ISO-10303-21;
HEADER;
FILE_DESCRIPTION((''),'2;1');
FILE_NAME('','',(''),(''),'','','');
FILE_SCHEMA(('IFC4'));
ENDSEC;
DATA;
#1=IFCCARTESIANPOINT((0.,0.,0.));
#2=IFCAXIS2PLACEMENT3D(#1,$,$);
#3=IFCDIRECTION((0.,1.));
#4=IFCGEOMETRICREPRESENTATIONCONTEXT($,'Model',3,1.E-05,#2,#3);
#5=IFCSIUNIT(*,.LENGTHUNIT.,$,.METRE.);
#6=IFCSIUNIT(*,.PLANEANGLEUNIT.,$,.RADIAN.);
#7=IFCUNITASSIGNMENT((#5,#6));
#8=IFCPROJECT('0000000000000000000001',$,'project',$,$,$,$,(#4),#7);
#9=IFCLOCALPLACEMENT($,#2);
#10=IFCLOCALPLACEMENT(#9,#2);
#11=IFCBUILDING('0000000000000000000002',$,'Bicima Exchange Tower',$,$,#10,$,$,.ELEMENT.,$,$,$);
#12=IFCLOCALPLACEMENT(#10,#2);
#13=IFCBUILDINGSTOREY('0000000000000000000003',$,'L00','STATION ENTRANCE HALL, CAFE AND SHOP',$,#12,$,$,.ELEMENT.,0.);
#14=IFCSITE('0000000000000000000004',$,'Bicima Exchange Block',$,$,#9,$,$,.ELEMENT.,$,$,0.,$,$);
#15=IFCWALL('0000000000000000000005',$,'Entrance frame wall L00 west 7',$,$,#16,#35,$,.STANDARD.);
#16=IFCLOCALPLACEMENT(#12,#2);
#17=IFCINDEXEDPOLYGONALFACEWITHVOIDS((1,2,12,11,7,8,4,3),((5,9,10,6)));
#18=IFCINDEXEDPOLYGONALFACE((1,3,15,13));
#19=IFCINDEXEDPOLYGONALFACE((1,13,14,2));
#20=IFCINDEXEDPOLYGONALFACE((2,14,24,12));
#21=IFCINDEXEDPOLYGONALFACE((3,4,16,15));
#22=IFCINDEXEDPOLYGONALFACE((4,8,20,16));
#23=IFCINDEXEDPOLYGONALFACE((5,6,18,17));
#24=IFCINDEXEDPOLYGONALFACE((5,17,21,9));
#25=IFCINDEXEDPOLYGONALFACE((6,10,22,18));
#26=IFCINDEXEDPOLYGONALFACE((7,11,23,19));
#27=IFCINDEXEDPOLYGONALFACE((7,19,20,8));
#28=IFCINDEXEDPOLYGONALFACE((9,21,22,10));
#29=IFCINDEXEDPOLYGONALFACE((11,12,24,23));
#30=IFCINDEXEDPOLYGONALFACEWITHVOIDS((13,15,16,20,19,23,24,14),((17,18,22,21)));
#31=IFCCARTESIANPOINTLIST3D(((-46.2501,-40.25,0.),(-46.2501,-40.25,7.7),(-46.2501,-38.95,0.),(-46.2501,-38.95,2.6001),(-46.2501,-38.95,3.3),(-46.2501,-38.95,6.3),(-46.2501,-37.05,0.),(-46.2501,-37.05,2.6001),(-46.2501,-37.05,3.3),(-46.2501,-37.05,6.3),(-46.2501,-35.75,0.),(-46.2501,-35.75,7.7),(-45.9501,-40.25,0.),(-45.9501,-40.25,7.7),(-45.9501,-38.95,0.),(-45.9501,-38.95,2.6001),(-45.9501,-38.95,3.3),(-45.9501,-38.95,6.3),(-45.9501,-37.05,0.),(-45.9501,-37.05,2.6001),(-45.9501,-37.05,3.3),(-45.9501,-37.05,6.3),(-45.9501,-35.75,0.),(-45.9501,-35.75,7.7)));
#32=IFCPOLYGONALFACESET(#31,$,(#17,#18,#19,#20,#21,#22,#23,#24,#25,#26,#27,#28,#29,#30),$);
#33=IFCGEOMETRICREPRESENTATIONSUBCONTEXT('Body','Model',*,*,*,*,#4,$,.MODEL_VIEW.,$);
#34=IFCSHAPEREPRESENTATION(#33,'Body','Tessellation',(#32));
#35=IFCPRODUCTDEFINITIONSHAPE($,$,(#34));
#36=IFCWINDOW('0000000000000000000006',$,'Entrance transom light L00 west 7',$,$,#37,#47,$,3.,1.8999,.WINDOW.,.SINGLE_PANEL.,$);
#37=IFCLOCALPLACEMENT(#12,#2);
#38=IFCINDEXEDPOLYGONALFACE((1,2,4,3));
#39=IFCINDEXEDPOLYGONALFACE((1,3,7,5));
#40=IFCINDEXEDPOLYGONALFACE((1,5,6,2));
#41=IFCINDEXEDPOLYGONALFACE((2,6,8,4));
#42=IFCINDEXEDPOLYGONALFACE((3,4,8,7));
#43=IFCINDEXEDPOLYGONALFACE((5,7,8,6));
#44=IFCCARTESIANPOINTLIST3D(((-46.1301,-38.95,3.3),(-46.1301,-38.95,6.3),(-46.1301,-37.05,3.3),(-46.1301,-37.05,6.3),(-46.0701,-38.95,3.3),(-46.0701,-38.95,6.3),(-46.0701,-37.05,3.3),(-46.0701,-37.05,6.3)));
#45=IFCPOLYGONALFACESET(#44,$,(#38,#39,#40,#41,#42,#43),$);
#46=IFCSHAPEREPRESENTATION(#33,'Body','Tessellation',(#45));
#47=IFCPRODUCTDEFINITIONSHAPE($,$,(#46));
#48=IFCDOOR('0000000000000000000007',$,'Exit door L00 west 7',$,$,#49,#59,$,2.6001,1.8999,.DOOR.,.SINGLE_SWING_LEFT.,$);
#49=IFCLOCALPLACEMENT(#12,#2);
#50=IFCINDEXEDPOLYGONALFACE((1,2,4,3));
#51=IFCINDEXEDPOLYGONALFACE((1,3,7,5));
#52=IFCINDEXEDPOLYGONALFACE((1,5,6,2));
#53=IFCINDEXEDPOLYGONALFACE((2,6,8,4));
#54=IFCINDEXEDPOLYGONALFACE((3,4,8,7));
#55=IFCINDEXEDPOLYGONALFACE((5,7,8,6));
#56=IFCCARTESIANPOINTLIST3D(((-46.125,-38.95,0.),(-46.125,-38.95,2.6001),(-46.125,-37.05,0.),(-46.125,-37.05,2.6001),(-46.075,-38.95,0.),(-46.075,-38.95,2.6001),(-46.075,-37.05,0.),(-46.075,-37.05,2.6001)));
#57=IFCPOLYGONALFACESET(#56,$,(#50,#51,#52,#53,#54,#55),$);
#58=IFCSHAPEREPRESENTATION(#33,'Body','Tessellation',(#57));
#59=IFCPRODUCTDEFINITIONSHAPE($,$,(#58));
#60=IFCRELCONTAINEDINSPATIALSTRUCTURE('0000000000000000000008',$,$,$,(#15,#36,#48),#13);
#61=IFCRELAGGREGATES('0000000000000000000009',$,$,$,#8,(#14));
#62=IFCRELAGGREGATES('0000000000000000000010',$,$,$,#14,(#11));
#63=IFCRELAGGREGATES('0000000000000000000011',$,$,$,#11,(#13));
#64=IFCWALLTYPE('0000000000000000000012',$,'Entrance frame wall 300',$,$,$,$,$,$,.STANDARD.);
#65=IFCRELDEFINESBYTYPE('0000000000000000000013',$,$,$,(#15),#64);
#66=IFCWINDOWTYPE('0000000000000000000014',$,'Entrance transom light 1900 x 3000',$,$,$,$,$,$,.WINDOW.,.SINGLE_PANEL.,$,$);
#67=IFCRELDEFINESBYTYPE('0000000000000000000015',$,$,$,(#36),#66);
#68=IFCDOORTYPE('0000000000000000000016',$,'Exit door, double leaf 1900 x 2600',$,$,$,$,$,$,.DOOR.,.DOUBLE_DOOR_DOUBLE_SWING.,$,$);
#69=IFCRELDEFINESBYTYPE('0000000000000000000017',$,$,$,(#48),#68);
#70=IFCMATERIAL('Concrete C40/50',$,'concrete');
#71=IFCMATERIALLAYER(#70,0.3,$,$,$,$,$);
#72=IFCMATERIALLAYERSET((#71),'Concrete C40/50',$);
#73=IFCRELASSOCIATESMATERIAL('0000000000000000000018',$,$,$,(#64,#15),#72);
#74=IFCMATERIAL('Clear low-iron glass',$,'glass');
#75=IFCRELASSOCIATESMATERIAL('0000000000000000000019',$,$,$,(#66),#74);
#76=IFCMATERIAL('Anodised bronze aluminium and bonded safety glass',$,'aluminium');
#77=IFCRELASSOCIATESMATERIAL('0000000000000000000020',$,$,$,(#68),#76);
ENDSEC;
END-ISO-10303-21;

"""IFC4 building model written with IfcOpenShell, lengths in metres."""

from ifc_helpers import new_model, si_unit, direction, frame, frame_2d, origin, place, context, subcontext, project, spatial, rectangle, extrude, material, layer, layer_set, layer_usage, type_object, element, fill, save


model = new_model("IFC4")

# Units and contexts
model_context = context("Model", 3, precision=1e-05, world=origin(), true_north=direction((0.0, 1.0)))
body_context = subcontext(model_context, "Body", "Model", "MODEL_VIEW")
ifc_project = project(units=[si_unit("LENGTHUNIT", "METRE"), si_unit("PLANEANGLEUNIT", "RADIAN")], contexts=[model_context])

# Site, building, storey
site_placement = place(None, origin())
site = spatial("IfcSite", under=ifc_project, at=site_placement, Name="Bicima Exchange Block", CompositionType="ELEMENT", RefElevation=0.0)
building_placement = place(site_placement, origin())
building = spatial("IfcBuilding", under=site, at=building_placement, Name="Bicima Exchange Tower", CompositionType="ELEMENT")
storey_placement = place(building_placement, origin())
storey = spatial("IfcBuildingStorey", under=building, at=storey_placement, Name="L00", Description="STATION ENTRANCE HALL, CAFE AND SHOP", CompositionType="ELEMENT", Elevation=0.0)

# Shared definitions
ifc_material_1 = material(Name="Clear low-iron glass", Category="glass")

# Wall, openings, window, door
ifc_material_2 = material(Name="Concrete C40/50", Category="concrete")
ifc_layer_1 = layer(ifc_material_2, 0.3)
ifc_layer_set_1 = layer_set([ifc_layer_1], Name="Concrete C40/50")
ifc_layer_usage = layer_usage(ifc_layer_set_1, "AXIS2", "POSITIVE", -0.15)
wall_type = type_object("IfcWallType", Name="Entrance frame wall 300", PredefinedType="STANDARD", material=ifc_layer_set_1)
wall_placement = place(storey_placement, frame((-46.1001, -40.25, 0.0), z_axis=(0.0, 0.0, 1.0), x_axis=(0.0, 1.0, 0.0)))
wall = element("IfcWall", 1, at=wall_placement, inside=storey, type_object=wall_type, material=ifc_layer_usage, Name="Entrance frame wall L00 west 7", PredefinedType="STANDARD", context=body_context, shape_type="SweptSolid", body=[
    extrude(rectangle(XDim=4.5, YDim=0.3, at=frame_2d((2.25, 0.0))), origin(), (0.0, 0.0, 1.0), 7.7),
])
opening_1_placement = place(wall_placement, frame((1.3, 0.0, 0.0)))
opening_1 = element("IfcOpeningElement", 2, at=opening_1_placement, cuts=wall, PredefinedType="OPENING", context=body_context, shape_type="SweptSolid", body=[
    extrude(rectangle(XDim=1.8999, YDim=2.6001, at=frame_2d((0.95, 1.3))), frame((0.0, 0.1621, 0.0), z_axis=(0.0, -1.0, 0.0), x_axis=(1.0, 0.0, 0.0)), (0.0, 0.0, 1.0), 0.324),
])
opening_2_placement = place(wall_placement, frame((1.3, 0.0, 3.3)))
opening_2 = element("IfcOpeningElement", 3, at=opening_2_placement, cuts=wall, PredefinedType="OPENING", context=body_context, shape_type="SweptSolid", body=[
    extrude(rectangle(XDim=1.8999, YDim=3.0, at=frame_2d((0.95, 1.5))), frame((0.0, 0.1621, 0.0), z_axis=(0.0, -1.0, 0.0), x_axis=(1.0, 0.0, 0.0)), (0.0, 0.0, 1.0), 0.324),
])
window_type = type_object("IfcWindowType", Name="Entrance transom light 1900 x 3000", PartitioningType="SINGLE_PANEL", PredefinedType="WINDOW", material=ifc_material_1)
window_placement = place(opening_2_placement, origin())
window = element("IfcWindow", 4, at=window_placement, inside=storey, type_object=window_type, Name="Entrance transom light L00 west 7", OverallHeight=3.0, OverallWidth=1.8999, PartitioningType="SINGLE_PANEL", PredefinedType="WINDOW", context=body_context, shape_type="SweptSolid", body=[
    extrude(rectangle(XDim=1.8999, YDim=3.0, at=frame_2d((0.95, 1.5))), frame((0.0, 0.03, 0.0), z_axis=(0.0, -1.0, 0.0), x_axis=(1.0, 0.0, 0.0)), (0.0, 0.0, 1.0), 0.0601),
])
fill(opening_2, window)
ifc_material_3 = material(Name="Anodised bronze aluminium and bonded safety glass", Category="aluminium")
door_type = type_object("IfcDoorType", Name="Exit door, double leaf 1900 x 2600", OperationType="DOUBLE_DOOR_DOUBLE_SWING", PredefinedType="DOOR", material=ifc_material_3)
door_placement = place(opening_1_placement, origin())
door = element("IfcDoor", 5, at=door_placement, inside=storey, type_object=door_type, Name="Exit door L00 west 7", OperationType="SINGLE_SWING_LEFT", OverallHeight=2.6001, OverallWidth=1.8999, PredefinedType="DOOR", context=body_context, shape_type="SweptSolid", body=[
    extrude(rectangle(XDim=1.8999, YDim=2.6001, at=frame_2d((0.95, 1.3))), frame((0.0, 0.0249, 0.0), z_axis=(0.0, -1.0, 0.0), x_axis=(1.0, 0.0, 0.0)), (0.0, 0.0, 1.0), 0.05),
])
fill(opening_1, door)

save(model, "model.ifc")
